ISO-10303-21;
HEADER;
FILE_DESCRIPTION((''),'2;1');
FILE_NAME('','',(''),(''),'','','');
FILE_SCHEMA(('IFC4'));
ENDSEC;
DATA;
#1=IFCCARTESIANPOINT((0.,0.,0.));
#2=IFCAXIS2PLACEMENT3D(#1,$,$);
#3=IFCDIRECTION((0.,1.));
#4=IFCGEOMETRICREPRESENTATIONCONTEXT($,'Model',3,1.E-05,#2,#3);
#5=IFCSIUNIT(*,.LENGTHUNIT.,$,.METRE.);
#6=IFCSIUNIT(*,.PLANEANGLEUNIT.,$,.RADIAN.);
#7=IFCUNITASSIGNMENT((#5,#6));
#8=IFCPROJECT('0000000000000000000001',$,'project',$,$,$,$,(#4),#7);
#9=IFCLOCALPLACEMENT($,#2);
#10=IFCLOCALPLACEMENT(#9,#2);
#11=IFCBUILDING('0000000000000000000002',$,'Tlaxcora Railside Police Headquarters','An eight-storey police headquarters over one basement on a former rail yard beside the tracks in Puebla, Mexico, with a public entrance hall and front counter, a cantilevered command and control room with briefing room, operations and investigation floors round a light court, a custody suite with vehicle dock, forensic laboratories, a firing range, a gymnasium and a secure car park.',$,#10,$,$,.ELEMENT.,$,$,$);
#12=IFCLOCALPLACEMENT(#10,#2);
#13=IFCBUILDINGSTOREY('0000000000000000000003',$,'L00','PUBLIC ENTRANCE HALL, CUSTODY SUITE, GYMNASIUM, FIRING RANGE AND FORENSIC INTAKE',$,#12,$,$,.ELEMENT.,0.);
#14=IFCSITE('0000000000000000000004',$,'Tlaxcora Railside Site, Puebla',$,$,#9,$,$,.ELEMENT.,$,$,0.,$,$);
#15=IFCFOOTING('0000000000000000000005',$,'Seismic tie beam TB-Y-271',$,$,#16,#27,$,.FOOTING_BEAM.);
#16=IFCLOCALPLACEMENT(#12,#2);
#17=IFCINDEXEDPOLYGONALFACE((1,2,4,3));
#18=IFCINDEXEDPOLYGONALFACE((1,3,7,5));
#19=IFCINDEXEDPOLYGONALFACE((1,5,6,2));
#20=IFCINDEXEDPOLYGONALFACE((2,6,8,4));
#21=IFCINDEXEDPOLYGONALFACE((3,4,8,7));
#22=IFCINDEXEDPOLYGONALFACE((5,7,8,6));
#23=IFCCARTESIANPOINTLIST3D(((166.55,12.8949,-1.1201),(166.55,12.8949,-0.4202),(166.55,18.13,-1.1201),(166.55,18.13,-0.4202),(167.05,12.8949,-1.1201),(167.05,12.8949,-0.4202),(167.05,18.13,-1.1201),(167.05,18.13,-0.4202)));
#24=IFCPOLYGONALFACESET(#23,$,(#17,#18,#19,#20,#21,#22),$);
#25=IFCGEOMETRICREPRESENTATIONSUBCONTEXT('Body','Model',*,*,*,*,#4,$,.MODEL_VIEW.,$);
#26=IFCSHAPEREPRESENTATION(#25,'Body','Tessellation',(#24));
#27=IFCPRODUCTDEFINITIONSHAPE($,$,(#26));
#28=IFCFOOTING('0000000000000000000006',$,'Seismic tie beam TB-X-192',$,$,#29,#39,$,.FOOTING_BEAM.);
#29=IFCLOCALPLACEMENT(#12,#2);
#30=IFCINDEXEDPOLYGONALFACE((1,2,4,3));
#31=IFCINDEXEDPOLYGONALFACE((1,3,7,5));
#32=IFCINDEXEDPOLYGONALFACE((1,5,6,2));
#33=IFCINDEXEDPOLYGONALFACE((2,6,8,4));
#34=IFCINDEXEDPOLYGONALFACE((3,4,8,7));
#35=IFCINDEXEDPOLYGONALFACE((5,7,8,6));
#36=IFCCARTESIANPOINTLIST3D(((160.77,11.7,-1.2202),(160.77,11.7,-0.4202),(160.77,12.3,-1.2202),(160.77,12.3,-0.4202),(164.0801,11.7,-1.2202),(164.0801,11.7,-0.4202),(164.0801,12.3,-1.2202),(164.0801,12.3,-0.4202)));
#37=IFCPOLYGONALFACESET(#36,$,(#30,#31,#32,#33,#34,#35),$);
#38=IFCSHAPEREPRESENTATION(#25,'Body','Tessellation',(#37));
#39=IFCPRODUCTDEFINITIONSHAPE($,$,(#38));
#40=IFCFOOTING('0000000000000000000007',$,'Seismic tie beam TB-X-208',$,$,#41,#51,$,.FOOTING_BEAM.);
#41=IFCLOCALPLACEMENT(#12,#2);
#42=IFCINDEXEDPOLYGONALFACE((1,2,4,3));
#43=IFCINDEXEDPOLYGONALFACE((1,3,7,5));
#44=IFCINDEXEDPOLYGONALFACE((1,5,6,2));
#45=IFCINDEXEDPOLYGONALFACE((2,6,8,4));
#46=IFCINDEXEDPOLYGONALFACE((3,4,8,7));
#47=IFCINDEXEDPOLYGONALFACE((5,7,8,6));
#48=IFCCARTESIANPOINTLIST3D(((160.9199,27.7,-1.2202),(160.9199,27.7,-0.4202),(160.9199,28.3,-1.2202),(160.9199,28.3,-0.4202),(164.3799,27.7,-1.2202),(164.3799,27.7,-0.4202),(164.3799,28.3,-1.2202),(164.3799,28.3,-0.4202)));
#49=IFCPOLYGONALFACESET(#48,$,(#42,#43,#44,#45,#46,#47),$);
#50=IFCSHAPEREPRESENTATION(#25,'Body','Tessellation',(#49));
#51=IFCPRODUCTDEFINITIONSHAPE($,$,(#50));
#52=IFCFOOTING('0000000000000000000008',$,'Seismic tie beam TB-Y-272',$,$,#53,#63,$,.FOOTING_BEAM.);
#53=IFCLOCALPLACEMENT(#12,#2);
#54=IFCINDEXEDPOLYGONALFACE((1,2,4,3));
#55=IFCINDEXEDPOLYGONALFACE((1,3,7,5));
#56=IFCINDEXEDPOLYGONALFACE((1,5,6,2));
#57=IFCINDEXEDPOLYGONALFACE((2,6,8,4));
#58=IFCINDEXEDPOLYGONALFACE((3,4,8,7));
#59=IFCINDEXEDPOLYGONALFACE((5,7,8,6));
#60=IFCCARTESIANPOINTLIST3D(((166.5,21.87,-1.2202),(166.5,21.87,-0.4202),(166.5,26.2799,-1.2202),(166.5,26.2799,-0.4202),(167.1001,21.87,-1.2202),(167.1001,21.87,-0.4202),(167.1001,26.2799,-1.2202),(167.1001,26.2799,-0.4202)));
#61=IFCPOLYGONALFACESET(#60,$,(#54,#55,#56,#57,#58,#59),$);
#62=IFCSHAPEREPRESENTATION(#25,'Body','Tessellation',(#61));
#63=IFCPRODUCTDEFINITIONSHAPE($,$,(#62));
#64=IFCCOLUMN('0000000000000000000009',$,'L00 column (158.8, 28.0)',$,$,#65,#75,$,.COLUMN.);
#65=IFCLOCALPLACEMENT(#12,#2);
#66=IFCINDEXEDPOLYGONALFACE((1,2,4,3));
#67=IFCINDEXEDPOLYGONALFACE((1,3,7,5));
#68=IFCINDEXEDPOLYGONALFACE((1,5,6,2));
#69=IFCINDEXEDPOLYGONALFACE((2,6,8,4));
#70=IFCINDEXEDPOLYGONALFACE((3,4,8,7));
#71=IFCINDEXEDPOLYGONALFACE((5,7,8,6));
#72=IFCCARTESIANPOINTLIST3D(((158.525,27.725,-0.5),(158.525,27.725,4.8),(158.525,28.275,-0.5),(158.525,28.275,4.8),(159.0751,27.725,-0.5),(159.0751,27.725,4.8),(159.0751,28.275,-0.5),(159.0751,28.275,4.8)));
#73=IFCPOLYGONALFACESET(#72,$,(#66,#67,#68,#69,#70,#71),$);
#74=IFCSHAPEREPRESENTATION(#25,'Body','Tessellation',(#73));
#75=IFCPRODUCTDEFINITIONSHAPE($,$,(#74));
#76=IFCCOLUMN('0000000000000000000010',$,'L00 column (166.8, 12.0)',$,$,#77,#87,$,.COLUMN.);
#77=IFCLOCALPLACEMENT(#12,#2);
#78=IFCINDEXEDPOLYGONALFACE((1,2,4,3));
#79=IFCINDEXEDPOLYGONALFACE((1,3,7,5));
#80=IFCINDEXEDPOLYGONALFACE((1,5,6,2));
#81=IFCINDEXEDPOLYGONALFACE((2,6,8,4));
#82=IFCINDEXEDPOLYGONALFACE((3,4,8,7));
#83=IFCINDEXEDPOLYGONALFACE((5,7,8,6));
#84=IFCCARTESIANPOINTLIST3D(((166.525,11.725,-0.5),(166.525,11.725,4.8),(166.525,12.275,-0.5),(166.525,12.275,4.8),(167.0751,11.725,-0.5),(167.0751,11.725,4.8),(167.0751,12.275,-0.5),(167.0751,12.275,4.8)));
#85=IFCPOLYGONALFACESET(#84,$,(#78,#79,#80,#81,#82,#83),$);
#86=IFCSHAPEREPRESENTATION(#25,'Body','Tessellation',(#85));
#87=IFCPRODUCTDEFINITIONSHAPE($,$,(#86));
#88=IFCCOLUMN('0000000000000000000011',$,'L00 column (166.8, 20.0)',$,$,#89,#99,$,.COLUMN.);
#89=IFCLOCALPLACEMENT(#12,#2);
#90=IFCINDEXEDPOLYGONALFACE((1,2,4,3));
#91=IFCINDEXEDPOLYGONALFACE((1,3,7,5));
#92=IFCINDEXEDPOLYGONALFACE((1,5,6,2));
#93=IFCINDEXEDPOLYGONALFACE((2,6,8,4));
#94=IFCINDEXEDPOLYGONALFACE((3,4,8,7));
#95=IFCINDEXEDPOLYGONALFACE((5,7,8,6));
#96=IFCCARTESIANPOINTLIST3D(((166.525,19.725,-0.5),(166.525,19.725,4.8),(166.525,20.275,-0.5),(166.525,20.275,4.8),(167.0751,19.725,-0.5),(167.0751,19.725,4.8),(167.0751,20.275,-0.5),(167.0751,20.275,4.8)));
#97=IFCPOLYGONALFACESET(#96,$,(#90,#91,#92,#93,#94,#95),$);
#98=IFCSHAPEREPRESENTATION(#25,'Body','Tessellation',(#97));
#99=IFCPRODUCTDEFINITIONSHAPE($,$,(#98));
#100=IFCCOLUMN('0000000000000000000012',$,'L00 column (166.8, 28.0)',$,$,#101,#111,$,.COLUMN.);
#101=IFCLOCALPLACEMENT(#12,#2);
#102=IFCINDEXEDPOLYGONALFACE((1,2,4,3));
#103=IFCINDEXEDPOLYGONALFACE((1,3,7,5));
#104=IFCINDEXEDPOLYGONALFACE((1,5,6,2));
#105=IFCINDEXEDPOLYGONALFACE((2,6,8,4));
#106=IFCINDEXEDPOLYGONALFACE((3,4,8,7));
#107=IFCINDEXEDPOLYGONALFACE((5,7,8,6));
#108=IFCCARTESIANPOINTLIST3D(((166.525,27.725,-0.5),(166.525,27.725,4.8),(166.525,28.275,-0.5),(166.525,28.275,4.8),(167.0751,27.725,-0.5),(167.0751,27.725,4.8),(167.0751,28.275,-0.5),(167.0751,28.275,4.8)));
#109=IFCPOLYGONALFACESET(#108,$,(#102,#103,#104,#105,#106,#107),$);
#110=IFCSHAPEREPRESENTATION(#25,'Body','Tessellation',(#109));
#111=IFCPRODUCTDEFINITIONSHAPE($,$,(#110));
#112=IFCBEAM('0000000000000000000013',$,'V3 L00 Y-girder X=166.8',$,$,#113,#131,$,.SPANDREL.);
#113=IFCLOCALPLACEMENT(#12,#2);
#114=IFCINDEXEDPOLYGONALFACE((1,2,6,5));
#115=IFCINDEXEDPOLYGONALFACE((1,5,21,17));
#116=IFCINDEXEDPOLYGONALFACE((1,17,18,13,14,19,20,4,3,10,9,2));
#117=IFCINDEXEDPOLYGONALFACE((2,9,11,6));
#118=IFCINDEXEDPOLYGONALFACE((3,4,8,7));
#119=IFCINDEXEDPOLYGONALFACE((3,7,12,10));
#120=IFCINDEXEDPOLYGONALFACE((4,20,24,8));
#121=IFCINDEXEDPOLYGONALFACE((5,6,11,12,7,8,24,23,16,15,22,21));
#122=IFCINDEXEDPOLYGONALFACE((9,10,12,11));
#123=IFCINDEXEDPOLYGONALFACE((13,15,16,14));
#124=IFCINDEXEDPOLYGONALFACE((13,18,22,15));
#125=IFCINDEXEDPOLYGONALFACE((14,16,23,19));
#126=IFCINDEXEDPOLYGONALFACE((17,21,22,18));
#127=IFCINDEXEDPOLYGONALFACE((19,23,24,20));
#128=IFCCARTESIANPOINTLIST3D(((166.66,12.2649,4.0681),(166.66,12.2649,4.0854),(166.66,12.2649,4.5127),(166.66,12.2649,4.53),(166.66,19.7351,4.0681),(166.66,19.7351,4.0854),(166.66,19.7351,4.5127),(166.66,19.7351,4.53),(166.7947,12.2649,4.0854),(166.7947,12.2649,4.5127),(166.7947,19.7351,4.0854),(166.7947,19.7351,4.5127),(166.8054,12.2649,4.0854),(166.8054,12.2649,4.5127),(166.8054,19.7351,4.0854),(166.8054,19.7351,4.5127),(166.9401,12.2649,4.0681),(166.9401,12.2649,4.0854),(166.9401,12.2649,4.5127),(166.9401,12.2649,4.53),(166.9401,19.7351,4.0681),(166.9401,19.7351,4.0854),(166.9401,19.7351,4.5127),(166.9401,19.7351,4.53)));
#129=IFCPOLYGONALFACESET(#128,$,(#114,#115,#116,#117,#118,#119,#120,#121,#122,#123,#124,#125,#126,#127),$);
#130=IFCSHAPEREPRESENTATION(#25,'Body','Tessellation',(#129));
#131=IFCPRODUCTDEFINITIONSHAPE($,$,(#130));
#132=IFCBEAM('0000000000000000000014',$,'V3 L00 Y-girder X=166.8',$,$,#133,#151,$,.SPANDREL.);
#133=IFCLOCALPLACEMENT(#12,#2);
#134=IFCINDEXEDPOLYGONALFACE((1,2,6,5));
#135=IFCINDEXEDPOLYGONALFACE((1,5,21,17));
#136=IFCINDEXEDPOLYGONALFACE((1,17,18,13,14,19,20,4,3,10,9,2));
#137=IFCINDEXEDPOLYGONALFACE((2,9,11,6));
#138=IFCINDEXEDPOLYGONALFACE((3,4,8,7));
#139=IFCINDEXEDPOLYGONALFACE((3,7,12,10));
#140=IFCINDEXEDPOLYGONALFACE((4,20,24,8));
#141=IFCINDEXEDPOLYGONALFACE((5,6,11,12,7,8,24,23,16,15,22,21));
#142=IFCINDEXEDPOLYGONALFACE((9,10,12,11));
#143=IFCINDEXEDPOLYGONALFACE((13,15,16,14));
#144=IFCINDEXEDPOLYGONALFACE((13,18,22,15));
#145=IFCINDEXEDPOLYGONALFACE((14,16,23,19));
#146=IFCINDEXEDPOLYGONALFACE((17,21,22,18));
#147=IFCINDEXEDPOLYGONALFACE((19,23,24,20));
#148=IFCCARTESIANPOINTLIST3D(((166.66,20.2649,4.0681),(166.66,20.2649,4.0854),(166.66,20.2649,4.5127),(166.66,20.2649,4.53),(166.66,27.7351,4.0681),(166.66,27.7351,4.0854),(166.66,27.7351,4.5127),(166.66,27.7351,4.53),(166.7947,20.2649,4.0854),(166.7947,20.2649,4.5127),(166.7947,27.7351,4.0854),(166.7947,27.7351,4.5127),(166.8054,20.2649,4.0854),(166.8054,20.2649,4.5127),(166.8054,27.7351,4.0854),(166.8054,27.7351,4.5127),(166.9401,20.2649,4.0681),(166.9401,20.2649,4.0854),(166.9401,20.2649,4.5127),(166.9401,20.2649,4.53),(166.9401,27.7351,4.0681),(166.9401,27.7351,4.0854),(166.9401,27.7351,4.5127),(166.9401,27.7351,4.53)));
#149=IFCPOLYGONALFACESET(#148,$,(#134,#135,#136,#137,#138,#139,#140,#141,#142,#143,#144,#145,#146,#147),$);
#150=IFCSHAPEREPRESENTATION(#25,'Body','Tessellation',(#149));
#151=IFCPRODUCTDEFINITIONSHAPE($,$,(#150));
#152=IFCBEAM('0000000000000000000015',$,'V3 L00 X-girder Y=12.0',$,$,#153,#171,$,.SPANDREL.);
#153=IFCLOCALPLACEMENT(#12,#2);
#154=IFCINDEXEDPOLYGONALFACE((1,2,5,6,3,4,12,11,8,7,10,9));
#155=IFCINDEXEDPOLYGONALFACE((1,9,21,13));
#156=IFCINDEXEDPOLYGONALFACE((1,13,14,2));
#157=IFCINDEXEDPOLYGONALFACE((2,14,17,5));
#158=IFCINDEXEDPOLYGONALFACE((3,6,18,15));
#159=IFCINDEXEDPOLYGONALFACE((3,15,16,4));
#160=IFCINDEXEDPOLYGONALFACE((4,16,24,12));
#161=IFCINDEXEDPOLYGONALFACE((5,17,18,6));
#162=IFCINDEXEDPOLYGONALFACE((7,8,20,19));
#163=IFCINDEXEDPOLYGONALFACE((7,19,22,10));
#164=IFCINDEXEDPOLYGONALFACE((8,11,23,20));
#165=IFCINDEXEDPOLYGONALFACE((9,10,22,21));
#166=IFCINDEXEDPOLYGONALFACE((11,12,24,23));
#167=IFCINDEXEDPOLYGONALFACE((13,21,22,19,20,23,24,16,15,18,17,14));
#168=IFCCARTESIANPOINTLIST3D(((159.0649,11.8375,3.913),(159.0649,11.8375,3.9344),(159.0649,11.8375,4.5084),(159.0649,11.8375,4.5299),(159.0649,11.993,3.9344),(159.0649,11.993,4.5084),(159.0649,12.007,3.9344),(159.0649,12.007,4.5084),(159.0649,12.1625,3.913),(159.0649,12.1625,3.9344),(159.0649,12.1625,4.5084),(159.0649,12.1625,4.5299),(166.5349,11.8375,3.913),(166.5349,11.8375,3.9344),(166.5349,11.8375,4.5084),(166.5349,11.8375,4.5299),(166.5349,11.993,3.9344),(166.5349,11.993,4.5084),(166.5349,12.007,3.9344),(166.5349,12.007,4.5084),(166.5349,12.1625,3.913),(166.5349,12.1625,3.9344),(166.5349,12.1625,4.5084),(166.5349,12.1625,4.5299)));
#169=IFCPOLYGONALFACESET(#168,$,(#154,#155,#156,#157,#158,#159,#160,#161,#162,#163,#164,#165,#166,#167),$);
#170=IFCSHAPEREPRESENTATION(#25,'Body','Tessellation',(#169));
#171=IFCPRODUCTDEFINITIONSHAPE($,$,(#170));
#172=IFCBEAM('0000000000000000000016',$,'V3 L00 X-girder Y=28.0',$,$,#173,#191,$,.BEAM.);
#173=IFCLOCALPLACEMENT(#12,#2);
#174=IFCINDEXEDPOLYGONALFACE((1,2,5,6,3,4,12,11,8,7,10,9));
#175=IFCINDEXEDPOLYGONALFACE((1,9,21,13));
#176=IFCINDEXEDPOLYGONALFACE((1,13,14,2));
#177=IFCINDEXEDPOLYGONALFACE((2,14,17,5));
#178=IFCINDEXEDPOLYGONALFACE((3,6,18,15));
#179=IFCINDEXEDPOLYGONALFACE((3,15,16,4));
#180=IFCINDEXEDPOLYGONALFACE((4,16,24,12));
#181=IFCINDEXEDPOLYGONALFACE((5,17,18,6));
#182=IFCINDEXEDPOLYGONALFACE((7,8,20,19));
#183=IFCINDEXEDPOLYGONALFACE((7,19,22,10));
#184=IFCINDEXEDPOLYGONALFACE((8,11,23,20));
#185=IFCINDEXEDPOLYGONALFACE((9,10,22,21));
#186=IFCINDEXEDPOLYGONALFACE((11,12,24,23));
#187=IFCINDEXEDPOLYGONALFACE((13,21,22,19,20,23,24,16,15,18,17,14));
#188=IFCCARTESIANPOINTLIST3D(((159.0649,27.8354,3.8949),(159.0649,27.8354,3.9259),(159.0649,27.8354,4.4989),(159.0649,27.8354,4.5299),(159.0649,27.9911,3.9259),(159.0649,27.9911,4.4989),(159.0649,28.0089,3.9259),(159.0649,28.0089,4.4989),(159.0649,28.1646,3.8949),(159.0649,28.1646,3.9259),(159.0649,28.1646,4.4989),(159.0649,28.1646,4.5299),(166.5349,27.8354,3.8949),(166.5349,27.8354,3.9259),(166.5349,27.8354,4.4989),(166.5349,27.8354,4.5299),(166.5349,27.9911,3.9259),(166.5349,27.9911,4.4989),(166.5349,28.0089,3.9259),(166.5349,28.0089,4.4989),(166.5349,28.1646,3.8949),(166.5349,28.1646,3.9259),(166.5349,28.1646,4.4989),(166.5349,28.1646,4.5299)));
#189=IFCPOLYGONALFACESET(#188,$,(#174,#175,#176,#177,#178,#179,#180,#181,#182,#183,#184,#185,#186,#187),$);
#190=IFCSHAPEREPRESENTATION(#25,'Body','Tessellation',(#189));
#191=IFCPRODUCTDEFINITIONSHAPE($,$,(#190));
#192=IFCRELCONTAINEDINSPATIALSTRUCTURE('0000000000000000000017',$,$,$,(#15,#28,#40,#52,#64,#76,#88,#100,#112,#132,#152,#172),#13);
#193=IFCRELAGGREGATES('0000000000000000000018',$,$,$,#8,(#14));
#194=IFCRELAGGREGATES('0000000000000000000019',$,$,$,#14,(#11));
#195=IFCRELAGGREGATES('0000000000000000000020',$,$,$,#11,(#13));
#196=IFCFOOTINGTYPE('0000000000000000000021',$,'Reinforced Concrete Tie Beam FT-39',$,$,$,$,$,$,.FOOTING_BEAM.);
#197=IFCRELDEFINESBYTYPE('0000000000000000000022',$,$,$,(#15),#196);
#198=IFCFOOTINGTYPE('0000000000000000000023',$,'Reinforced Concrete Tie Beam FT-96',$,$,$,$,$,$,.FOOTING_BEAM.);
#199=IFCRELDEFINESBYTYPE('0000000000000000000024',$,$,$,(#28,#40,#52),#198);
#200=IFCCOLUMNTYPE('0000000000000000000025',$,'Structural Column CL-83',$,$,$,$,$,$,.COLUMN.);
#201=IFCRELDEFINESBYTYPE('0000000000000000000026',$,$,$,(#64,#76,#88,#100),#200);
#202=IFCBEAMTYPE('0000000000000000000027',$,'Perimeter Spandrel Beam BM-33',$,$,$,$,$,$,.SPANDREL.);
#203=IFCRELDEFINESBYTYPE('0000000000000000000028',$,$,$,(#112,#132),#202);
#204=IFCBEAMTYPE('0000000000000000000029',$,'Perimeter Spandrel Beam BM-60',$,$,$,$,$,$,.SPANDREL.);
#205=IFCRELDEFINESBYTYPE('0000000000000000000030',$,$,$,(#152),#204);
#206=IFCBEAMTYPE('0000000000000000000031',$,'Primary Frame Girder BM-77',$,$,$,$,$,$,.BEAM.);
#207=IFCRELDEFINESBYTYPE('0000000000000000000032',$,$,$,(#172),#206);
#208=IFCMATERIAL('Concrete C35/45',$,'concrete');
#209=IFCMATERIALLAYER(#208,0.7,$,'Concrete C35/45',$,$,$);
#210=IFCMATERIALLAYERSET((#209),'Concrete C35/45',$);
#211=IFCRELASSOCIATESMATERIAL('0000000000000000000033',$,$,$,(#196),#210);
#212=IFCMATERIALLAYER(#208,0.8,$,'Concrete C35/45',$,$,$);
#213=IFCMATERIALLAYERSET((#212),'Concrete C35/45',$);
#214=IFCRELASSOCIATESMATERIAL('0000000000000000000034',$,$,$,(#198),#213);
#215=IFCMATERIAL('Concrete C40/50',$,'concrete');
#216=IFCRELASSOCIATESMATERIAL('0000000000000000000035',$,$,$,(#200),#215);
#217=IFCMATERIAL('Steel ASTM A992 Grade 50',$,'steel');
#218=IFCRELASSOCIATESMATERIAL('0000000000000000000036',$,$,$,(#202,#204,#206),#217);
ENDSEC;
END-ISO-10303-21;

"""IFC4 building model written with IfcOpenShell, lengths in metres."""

from ifc_helpers import new_model, si_unit, direction, frame, origin, origin_2d, place, context, subcontext, project, spatial, rectangle, i_section, extrude, material, layer, layer_set, material_profile, profile_set, type_object, element, save


model = new_model("IFC4")

# Units and contexts
model_context = context("Model", 3, precision=1e-05, world=origin(), true_north=direction((0.0, 1.0)))
body_context = subcontext(model_context, "Body", "Model", "MODEL_VIEW")
ifc_project = project(units=[si_unit("LENGTHUNIT", "METRE"), si_unit("PLANEANGLEUNIT", "RADIAN")], contexts=[model_context])

# Site, building, storey
site_placement = place(None, origin())
site = spatial("IfcSite", under=ifc_project, at=site_placement, Name="Tlaxcora Railside Site, Puebla", CompositionType="ELEMENT", RefElevation=0.0)
building_placement = place(site_placement, origin())
building = spatial("IfcBuilding", under=site, at=building_placement, Name="Tlaxcora Railside Police Headquarters", Description="An eight-storey police headquarters over one basement on a former rail yard beside the tracks in Puebla, Mexico, with a public entrance hall and front counter, a cantilevered command and control room with briefing room, operations and investigation floors round a light court, a custody suite with vehicle dock, forensic laboratories, a firing range, a gymnasium and a secure car park.", CompositionType="ELEMENT")
storey_placement = place(building_placement, origin())
storey = spatial("IfcBuildingStorey", under=building, at=storey_placement, Name="L00", Description="PUBLIC ENTRANCE HALL, CUSTODY SUITE, GYMNASIUM, FIRING RANGE AND FORENSIC INTAKE", CompositionType="ELEMENT", Elevation=0.0)

# Shared definitions
ifc_material_1 = material(Name="Concrete C35/45", Category="concrete")

# Footings
ifc_material_2 = material(Name="Concrete C40/50", Category="concrete")
ifc_layer_1 = layer(ifc_material_1, 0.7, Name="Concrete C35/45")
ifc_layer_set_1 = layer_set([ifc_layer_1], Name="Concrete C35/45")
footing_type_1 = type_object("IfcFootingType", Name="Reinforced Concrete Tie Beam FT-39", PredefinedType="FOOTING_BEAM", material=ifc_layer_set_1)
footing_1_placement = place(storey_placement, frame((166.8, 15.5125, -1.1201), z_axis=(0.0, 0.0, 1.0), x_axis=(0.0, 1.0, 0.0)))
element("IfcFooting", 1, at=footing_1_placement, inside=storey, type_object=footing_type_1, Name="Seismic tie beam TB-Y-271", PredefinedType="FOOTING_BEAM", context=body_context, shape_type="SweptSolid", body=[
    extrude(rectangle(XDim=5.2351, YDim=0.5, at=origin_2d()), origin(), (0.0, 0.0, 1.0), 0.7),
])
ifc_layer_2 = layer(ifc_material_1, 0.8, Name="Concrete C35/45")
ifc_layer_set_2 = layer_set([ifc_layer_2], Name="Concrete C35/45")
footing_type_2 = type_object("IfcFootingType", Name="Reinforced Concrete Tie Beam FT-96", PredefinedType="FOOTING_BEAM", material=ifc_layer_set_2)
footing_2_placement = place(storey_placement, frame((162.425, 12.0, -1.2202), z_axis=(0.0, 0.0, 1.0), x_axis=(1.0, 0.0, 0.0)))
element("IfcFooting", 2, at=footing_2_placement, inside=storey, type_object=footing_type_2, Name="Seismic tie beam TB-X-192", PredefinedType="FOOTING_BEAM", context=body_context, shape_type="SweptSolid", body=[
    extrude(rectangle(XDim=3.3101, YDim=0.6001, at=origin_2d()), origin(), (0.0, 0.0, 1.0), 0.8),
])
footing_3_placement = place(storey_placement, frame((162.6499, 28.0, -1.2202), z_axis=(0.0, 0.0, 1.0), x_axis=(1.0, 0.0, 0.0)))
element("IfcFooting", 3, at=footing_3_placement, inside=storey, type_object=footing_type_2, Name="Seismic tie beam TB-X-208", PredefinedType="FOOTING_BEAM", context=body_context, shape_type="SweptSolid", body=[
    extrude(rectangle(XDim=3.46, YDim=0.6001, at=origin_2d()), origin(), (0.0, 0.0, 1.0), 0.8),
])
footing_4_placement = place(storey_placement, frame((166.8, 24.075, -1.2202), z_axis=(0.0, 0.0, 1.0), x_axis=(0.0, 1.0, 0.0)))
element("IfcFooting", 4, at=footing_4_placement, inside=storey, type_object=footing_type_2, Name="Seismic tie beam TB-Y-272", PredefinedType="FOOTING_BEAM", context=body_context, shape_type="SweptSolid", body=[
    extrude(rectangle(XDim=4.4099, YDim=0.6001, at=origin_2d()), origin(), (0.0, 0.0, 1.0), 0.8),
])

# Columns
ifc_material_profile_1 = material_profile(ifc_material_2, rectangle(XDim=0.55, YDim=0.55, at=origin_2d()), Name="RC550X550")
ifc_profile_set_1 = profile_set([ifc_material_profile_1], Name="Concrete C40/50")
column_type = type_object("IfcColumnType", Name="Structural Column CL-83", PredefinedType="COLUMN", material=ifc_profile_set_1)
for number, where, z_axis, x_axis, name in (
    (5, (158.8, 28.0, -0.5), (0.0, 0.0, 1.0), (1.0, 0.0, 0.0), "L00 column (158.8, 28.0)"),
    (6, (166.8, 12.0, -0.5), (0.0, 0.0, 1.0), (1.0, 0.0, 0.0), "L00 column (166.8, 12.0)"),
    (7, (166.8, 20.0, -0.5), (0.0, 0.0, 1.0), (1.0, 0.0, 0.0), "L00 column (166.8, 20.0)"),
    (8, (166.8, 28.0, -0.5), (0.0, 0.0, 1.0), (1.0, 0.0, 0.0), "L00 column (166.8, 28.0)"),
):
    element("IfcColumn", number, at=place(storey_placement, frame(where, z_axis=z_axis, x_axis=x_axis)), inside=storey, type_object=column_type, Name=name, PredefinedType="COLUMN", context=body_context, shape_type="SweptSolid", body=[
        extrude(rectangle(XDim=0.55, YDim=0.55, at=origin_2d()), origin(), (0.0, 0.0, 1.0), 5.3),
    ])

# Beams
ifc_material_3 = material(Name="Steel ASTM A992 Grade 50", Category="steel")
ifc_material_profile_2 = material_profile(ifc_material_3, i_section(OverallWidth=0.28, OverallDepth=0.4619, WebThickness=0.0107, FlangeThickness=0.0173, at=origin_2d()), Name="W18X76")
ifc_profile_set_2 = profile_set([ifc_material_profile_2], Name="Steel ASTM A992 Grade 50")
beam_type_1 = type_object("IfcBeamType", Name="Perimeter Spandrel Beam BM-33", PredefinedType="SPANDREL", material=ifc_profile_set_2)
for number, where, z_axis, x_axis, name in (
    (9, (166.8, 12.2649, 4.2991), (0.0, 1.0, 0.0), (-1.0, 0.0, 0.0), "V3 L00 Y-girder X=166.8"),
    (10, (166.8, 20.2649, 4.2991), (0.0, 1.0, 0.0), (-1.0, 0.0, 0.0), "V3 L00 Y-girder X=166.8"),
):
    element("IfcBeam", number, at=place(storey_placement, frame(where, z_axis=z_axis, x_axis=x_axis)), inside=storey, type_object=beam_type_1, Name=name, PredefinedType="SPANDREL", context=body_context, shape_type="SweptSolid", body=[
        extrude(i_section(OverallWidth=0.28, OverallDepth=0.4619, WebThickness=0.0107, FlangeThickness=0.0173, at=origin_2d()), origin(), (0.0, 0.0, 1.0), 7.4702),
    ])
ifc_material_profile_3 = material_profile(ifc_material_3, i_section(OverallWidth=0.325, OverallDepth=0.6169, WebThickness=0.0139, FlangeThickness=0.0215, at=origin_2d()), Name="W24X117")
ifc_profile_set_3 = profile_set([ifc_material_profile_3], Name="Steel ASTM A992 Grade 50")
beam_type_2 = type_object("IfcBeamType", Name="Perimeter Spandrel Beam BM-60", PredefinedType="SPANDREL", material=ifc_profile_set_3)
beam_1_placement = place(storey_placement, frame((159.0649, 12.0, 4.2214), z_axis=(1.0, 0.0, 0.0), x_axis=(0.0, 1.0, 0.0)))
element("IfcBeam", 11, at=beam_1_placement, inside=storey, type_object=beam_type_2, Name="V3 L00 X-girder Y=12.0", PredefinedType="SPANDREL", context=body_context, shape_type="SweptSolid", body=[
    extrude(i_section(OverallWidth=0.325, OverallDepth=0.6169, WebThickness=0.0139, FlangeThickness=0.0215, at=origin_2d()), origin(), (0.0, 0.0, 1.0), 7.47),
])
ifc_material_profile_4 = material_profile(ifc_material_3, i_section(OverallWidth=0.3291, OverallDepth=0.635, WebThickness=0.0178, FlangeThickness=0.031, at=origin_2d()), Name="W24X162")
ifc_profile_set_4 = profile_set([ifc_material_profile_4], Name="Steel ASTM A992 Grade 50")
beam_type_3 = type_object("IfcBeamType", Name="Primary Frame Girder BM-77", PredefinedType="BEAM", material=ifc_profile_set_4)
beam_2_placement = place(storey_placement, frame((159.0649, 28.0, 4.2124), z_axis=(1.0, 0.0, 0.0), x_axis=(0.0, 1.0, 0.0)))
element("IfcBeam", 12, at=beam_2_placement, inside=storey, type_object=beam_type_3, Name="V3 L00 X-girder Y=28.0", PredefinedType="BEAM", context=body_context, shape_type="SweptSolid", body=[
    extrude(i_section(OverallWidth=0.3291, OverallDepth=0.635, WebThickness=0.0178, FlangeThickness=0.031, at=origin_2d()), origin(), (0.0, 0.0, 1.0), 7.47),
])

save(model, "model.ifc")
